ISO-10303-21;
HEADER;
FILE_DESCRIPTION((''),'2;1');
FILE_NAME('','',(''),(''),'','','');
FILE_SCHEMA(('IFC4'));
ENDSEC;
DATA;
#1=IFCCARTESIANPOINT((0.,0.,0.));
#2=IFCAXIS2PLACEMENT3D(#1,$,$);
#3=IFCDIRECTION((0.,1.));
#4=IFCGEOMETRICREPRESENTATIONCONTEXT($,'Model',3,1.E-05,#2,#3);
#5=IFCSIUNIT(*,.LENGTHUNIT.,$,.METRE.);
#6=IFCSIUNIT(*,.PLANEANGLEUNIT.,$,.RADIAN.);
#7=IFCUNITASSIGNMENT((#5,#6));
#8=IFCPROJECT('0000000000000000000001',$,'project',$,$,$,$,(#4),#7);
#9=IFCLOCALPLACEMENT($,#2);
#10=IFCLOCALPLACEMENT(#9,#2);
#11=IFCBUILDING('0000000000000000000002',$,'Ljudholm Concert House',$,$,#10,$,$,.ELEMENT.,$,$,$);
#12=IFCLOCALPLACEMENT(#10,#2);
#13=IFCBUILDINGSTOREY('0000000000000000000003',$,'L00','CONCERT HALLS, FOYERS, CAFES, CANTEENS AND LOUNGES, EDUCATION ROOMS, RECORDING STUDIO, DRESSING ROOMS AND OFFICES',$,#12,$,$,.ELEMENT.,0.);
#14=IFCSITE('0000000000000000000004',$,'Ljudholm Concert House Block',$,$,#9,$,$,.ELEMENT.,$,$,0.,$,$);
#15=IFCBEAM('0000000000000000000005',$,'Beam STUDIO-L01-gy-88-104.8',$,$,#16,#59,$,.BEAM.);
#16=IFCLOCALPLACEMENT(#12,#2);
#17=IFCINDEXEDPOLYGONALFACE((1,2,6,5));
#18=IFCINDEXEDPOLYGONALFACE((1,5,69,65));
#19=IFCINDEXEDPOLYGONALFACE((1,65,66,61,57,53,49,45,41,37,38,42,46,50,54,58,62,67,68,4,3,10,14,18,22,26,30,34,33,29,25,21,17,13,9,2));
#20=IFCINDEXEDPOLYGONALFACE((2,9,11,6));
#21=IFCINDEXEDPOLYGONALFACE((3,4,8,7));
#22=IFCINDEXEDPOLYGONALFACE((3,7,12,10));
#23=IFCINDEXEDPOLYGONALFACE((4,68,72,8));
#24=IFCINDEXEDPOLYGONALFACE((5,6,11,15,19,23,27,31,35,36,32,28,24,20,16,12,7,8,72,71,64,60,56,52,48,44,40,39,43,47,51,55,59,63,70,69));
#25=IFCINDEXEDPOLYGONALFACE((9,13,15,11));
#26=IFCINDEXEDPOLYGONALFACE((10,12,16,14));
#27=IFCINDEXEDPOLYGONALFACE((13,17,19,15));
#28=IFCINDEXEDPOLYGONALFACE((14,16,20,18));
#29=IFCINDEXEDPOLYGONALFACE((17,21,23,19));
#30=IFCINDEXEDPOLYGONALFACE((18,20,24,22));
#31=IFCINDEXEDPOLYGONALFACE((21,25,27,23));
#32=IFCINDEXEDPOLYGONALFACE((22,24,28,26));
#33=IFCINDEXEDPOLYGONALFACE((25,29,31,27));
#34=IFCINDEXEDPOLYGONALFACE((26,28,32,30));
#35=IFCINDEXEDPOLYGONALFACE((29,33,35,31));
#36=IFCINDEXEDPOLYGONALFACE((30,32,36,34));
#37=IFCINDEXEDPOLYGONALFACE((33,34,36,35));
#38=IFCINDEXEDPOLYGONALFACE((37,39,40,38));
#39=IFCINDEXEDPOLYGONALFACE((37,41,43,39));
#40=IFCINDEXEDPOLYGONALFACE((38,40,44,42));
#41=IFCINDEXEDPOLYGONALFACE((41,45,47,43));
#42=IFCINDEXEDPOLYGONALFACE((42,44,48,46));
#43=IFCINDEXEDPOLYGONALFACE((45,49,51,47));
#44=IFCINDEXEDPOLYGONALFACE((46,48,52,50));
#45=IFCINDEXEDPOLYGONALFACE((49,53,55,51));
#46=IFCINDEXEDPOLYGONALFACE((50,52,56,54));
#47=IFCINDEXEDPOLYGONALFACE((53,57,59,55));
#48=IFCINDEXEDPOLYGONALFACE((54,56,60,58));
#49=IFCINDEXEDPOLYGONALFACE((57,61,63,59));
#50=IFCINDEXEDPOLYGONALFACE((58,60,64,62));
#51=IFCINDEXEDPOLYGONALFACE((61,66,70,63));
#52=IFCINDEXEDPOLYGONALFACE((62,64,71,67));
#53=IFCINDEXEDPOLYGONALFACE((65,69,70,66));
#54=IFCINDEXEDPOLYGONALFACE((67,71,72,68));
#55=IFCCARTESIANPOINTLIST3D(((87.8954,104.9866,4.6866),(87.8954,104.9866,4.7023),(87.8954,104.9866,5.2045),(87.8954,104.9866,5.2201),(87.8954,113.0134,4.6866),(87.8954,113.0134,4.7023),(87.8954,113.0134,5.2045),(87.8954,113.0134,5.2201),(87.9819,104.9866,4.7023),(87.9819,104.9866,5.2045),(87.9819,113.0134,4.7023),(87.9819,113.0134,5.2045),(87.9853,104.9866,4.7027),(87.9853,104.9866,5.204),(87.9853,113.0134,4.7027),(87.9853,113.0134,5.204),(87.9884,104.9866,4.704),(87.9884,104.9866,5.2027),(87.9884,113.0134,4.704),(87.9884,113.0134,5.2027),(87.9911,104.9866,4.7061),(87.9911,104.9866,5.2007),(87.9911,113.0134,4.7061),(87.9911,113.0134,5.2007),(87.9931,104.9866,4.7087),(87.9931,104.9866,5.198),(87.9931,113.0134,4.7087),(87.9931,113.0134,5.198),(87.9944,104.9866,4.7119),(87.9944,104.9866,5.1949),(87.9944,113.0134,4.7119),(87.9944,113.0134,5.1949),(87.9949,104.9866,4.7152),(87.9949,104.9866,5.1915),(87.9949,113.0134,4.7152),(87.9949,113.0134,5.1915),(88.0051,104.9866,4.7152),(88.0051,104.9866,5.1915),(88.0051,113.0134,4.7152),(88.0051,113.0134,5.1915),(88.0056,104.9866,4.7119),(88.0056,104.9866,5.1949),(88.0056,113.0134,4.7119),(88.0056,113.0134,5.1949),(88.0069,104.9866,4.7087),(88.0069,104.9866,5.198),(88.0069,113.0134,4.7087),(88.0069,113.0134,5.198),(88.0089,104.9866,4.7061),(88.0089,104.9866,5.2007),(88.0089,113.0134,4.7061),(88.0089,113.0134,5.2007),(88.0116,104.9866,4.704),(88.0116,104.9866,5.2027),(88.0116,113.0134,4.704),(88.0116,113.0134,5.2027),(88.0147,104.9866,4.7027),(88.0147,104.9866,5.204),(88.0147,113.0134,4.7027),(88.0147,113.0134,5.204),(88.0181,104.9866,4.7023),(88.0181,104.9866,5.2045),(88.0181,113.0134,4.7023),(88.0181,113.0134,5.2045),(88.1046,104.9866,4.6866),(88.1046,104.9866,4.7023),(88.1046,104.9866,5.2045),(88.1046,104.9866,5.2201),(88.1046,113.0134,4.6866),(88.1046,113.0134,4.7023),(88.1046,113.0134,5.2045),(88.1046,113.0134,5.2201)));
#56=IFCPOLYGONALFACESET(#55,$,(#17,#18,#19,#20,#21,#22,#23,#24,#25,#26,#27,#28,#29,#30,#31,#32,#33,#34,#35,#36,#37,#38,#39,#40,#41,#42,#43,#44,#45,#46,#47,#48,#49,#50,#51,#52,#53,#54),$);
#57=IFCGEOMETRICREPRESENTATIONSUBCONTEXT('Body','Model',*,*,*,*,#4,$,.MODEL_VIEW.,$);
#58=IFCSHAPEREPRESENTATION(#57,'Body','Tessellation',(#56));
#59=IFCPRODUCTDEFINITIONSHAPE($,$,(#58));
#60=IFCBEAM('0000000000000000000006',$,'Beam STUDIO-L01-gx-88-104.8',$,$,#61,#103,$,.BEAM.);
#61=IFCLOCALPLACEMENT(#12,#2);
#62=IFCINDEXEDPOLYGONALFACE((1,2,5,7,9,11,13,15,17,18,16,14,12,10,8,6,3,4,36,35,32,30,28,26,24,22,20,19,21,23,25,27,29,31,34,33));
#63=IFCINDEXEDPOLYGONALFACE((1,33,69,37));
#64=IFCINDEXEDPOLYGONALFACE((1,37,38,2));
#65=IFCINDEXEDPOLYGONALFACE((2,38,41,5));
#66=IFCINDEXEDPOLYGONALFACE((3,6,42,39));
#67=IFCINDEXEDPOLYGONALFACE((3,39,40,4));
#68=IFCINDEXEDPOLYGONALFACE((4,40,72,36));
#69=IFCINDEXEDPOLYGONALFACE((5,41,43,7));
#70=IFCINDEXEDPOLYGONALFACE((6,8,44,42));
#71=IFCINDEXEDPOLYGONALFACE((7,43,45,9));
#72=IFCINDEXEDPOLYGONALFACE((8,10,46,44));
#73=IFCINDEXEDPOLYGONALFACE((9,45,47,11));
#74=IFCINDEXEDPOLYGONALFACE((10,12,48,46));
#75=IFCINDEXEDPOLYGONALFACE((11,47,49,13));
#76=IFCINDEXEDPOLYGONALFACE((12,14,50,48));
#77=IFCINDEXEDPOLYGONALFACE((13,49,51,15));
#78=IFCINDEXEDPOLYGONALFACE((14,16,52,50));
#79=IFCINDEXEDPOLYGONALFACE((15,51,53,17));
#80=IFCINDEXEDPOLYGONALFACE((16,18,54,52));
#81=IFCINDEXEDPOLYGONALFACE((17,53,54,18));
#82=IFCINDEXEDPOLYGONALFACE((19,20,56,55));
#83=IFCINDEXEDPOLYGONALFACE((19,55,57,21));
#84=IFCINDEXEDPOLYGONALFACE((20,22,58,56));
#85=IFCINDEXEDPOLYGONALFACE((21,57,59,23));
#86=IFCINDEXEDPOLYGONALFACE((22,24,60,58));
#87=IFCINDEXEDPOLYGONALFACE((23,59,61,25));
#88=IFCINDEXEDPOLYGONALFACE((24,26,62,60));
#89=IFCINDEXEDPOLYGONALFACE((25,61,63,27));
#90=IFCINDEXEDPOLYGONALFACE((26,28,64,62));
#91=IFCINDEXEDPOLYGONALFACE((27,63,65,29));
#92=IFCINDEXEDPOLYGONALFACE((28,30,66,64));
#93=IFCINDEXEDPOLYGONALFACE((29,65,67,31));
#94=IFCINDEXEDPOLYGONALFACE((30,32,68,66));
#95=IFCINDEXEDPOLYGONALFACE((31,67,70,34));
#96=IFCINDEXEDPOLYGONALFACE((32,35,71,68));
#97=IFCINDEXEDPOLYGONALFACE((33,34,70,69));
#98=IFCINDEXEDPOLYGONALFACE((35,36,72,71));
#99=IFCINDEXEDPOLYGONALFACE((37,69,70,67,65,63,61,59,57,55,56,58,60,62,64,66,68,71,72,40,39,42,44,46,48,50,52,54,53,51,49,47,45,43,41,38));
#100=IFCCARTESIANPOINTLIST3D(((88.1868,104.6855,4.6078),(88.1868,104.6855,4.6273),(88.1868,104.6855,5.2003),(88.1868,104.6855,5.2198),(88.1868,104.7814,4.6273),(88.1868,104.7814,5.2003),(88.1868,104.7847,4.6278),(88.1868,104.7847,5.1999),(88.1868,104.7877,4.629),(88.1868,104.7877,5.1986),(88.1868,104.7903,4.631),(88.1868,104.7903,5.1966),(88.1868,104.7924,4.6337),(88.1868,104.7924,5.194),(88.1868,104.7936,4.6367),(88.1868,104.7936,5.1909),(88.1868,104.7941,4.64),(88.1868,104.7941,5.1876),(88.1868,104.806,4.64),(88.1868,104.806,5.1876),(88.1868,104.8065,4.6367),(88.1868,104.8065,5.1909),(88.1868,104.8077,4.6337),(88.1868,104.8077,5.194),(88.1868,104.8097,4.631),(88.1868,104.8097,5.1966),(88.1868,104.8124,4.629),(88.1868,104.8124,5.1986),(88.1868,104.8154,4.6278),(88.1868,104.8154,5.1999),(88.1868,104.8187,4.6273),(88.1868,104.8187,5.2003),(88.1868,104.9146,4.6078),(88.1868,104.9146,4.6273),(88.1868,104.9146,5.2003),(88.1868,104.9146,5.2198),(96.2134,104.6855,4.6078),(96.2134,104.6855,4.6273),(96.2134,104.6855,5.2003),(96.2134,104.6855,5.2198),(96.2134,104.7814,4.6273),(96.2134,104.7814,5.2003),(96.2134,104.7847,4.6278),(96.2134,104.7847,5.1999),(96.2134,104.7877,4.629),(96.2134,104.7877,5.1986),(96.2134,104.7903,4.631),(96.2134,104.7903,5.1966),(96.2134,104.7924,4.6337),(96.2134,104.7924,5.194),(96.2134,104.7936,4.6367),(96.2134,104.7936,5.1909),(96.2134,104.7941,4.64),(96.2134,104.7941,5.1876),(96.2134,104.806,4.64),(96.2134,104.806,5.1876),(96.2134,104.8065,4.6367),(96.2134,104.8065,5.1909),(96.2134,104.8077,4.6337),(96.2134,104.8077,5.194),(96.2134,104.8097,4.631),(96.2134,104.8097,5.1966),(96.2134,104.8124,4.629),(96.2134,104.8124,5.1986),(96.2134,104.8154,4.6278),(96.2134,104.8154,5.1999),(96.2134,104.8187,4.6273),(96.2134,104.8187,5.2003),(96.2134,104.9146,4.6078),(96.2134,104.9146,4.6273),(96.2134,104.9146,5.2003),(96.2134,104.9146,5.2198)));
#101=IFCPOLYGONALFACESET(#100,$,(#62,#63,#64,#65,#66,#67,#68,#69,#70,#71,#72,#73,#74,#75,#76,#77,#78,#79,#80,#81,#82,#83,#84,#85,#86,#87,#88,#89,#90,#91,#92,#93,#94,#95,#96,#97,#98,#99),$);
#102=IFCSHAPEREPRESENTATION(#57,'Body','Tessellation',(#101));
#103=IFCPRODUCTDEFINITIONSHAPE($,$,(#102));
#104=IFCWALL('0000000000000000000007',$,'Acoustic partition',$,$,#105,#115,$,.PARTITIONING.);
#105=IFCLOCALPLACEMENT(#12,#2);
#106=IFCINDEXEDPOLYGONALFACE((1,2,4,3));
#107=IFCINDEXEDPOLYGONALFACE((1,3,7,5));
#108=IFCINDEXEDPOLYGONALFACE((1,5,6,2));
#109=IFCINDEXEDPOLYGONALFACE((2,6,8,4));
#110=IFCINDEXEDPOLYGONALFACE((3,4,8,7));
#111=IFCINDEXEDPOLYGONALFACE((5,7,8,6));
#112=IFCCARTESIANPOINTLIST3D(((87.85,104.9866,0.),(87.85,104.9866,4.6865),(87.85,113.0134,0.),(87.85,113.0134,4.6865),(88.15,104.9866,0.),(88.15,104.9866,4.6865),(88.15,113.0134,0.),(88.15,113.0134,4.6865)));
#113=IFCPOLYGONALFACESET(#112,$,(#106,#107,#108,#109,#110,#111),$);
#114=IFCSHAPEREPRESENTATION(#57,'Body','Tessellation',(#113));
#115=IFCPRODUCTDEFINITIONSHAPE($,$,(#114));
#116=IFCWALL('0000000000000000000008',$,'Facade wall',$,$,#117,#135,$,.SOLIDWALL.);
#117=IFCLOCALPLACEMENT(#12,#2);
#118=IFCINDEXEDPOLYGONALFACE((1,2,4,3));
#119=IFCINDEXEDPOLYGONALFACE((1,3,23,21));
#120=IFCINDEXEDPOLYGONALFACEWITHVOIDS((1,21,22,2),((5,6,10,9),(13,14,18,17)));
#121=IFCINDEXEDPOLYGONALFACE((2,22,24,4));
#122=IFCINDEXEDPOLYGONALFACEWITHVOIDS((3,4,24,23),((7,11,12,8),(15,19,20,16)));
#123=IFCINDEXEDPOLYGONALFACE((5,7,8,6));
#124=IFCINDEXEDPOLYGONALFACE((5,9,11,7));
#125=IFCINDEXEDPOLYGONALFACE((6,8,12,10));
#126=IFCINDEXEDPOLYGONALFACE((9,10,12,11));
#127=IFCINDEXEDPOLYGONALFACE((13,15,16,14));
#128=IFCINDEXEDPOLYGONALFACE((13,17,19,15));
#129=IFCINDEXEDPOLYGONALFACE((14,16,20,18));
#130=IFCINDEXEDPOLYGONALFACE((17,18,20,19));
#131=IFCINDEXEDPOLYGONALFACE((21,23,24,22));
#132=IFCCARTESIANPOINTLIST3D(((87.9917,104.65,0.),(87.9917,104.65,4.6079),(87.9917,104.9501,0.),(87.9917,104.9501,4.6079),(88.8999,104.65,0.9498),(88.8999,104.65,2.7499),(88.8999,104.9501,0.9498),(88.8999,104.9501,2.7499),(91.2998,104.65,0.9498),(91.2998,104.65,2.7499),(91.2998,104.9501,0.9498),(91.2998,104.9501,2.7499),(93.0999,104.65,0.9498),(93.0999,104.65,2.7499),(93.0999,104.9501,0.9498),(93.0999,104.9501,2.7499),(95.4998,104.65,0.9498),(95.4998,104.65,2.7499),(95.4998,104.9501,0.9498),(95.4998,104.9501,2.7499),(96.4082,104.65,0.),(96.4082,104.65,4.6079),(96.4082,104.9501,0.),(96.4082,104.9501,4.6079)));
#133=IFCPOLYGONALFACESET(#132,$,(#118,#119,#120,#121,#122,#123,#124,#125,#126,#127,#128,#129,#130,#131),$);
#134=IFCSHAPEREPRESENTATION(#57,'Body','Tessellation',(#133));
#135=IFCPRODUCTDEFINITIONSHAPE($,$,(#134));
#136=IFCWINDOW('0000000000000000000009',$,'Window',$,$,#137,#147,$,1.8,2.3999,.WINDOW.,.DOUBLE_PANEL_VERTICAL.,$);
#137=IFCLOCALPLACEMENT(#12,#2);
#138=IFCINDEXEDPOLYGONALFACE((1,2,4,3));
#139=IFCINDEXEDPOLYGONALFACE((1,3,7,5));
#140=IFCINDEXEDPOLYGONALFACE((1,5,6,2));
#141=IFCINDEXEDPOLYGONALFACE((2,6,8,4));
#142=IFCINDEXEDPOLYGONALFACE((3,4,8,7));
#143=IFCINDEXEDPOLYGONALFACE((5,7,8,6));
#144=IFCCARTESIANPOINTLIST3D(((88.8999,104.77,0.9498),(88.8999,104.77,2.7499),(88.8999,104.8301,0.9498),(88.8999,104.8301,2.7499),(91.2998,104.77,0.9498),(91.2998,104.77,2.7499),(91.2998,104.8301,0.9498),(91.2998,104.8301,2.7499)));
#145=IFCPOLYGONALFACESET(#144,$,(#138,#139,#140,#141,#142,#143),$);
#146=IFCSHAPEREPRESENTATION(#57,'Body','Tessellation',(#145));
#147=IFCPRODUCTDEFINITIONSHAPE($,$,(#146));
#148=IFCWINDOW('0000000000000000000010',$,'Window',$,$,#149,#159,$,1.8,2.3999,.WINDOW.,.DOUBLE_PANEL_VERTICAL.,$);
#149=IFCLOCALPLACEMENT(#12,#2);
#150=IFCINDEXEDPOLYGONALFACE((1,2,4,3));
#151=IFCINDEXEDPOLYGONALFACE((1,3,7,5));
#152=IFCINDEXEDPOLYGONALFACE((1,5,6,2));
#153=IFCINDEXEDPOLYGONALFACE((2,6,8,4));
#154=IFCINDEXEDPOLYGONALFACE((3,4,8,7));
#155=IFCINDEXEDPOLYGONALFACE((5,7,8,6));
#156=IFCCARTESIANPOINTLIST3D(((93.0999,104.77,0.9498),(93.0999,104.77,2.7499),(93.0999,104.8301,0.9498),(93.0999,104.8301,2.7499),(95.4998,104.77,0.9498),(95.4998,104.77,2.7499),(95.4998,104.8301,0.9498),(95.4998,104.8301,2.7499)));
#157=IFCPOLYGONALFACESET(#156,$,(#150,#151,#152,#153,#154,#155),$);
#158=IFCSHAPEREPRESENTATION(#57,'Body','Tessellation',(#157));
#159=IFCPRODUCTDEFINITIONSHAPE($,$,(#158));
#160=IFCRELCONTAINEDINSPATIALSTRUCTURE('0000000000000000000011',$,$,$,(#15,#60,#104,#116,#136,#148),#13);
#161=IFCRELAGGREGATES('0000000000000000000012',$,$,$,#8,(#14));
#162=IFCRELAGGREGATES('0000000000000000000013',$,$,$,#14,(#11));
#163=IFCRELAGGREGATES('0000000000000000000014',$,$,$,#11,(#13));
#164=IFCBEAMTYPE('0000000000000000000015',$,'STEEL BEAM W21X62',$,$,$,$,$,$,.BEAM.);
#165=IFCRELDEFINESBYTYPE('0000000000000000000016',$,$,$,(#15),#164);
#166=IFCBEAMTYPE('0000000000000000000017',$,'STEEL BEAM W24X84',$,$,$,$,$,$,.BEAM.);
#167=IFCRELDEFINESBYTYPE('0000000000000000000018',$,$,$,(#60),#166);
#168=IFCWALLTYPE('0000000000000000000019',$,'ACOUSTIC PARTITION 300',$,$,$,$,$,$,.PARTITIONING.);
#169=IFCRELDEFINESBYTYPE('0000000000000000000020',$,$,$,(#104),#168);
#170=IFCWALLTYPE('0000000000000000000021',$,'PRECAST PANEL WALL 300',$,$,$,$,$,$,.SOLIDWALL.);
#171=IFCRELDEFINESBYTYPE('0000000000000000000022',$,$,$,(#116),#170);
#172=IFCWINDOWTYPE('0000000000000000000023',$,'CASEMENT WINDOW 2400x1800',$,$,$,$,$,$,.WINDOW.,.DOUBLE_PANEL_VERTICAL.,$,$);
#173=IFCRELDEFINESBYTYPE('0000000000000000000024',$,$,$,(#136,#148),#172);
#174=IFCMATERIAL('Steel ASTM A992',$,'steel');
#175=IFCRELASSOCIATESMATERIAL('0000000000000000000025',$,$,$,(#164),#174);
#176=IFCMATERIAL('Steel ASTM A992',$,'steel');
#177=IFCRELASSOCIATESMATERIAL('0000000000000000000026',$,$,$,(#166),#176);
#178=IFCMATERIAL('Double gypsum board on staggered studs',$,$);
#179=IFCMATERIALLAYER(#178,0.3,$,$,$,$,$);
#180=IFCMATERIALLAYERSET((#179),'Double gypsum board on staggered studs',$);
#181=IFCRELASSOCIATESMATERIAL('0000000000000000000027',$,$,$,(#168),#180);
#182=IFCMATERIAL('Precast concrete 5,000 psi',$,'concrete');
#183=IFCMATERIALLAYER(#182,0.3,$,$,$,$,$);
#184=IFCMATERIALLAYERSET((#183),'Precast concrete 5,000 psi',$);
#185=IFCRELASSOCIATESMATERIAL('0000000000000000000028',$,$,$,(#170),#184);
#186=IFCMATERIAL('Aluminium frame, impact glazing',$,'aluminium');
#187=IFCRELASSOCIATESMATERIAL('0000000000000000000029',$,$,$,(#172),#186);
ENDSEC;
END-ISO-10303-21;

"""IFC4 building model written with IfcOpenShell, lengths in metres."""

from ifc_helpers import new_model, si_unit, direction, frame, frame_2d, origin, origin_2d, place, context, subcontext, project, spatial, rectangle, i_section, extrude, material, layer, layer_set, material_profile, profile_set, type_object, element, fill, save


model = new_model("IFC4")

# Units and contexts
model_context = context("Model", 3, precision=1e-05, world=origin(), true_north=direction((0.0, 1.0)))
body_context = subcontext(model_context, "Body", "Model", "MODEL_VIEW")
ifc_project = project(units=[si_unit("LENGTHUNIT", "METRE"), si_unit("PLANEANGLEUNIT", "RADIAN")], contexts=[model_context])

# Site, building, storey
site_placement = place(None, origin())
site = spatial("IfcSite", under=ifc_project, at=site_placement, Name="Ljudholm Concert House Block", CompositionType="ELEMENT", RefElevation=0.0)
building_placement = place(site_placement, origin())
building = spatial("IfcBuilding", under=site, at=building_placement, Name="Ljudholm Concert House", CompositionType="ELEMENT")
storey_placement = place(building_placement, origin())
storey = spatial("IfcBuildingStorey", under=building, at=storey_placement, Name="L00", Description="CONCERT HALLS, FOYERS, CAFES, CANTEENS AND LOUNGES, EDUCATION ROOMS, RECORDING STUDIO, DRESSING ROOMS AND OFFICES", CompositionType="ELEMENT", Elevation=0.0)

# Beams
ifc_material_1 = material(Name="Steel ASTM A992", Category="steel")
ifc_material_profile_1 = material_profile(ifc_material_1, i_section(OverallWidth=0.2092, OverallDepth=0.5334, WebThickness=0.0103, FlangeThickness=0.0156, FilletRadius=0.0129, at=origin_2d()), Name="W21X62")
ifc_profile_set_1 = profile_set([ifc_material_profile_1], Name="Steel ASTM A992")
beam_type_1 = type_object("IfcBeamType", Name="STEEL BEAM W21X62", PredefinedType="BEAM", material=ifc_profile_set_1)
beam_1_placement = place(storey_placement, frame((88.0, 104.9866, 4.9534), z_axis=(0.0, 1.0, 0.0), x_axis=(-1.0, 0.0, 0.0)))
element("IfcBeam", 1, at=beam_1_placement, inside=storey, type_object=beam_type_1, Name="Beam STUDIO-L01-gy-88-104.8", PredefinedType="BEAM", context=body_context, shape_type="SweptSolid", body=[
    extrude(i_section(OverallWidth=0.2092, OverallDepth=0.5334, WebThickness=0.0103, FlangeThickness=0.0156, FilletRadius=0.0129, at=origin_2d()), origin(), (0.0, 0.0, 1.0), 8.0269),
])
ifc_material_2 = material(Name="Steel ASTM A992", Category="steel")
ifc_material_profile_2 = material_profile(ifc_material_2, i_section(OverallWidth=0.229, OverallDepth=0.6121, WebThickness=0.012, FlangeThickness=0.0195, FilletRadius=0.0127, at=origin_2d()), Name="W24X84")
ifc_profile_set_2 = profile_set([ifc_material_profile_2], Name="Steel ASTM A992")
beam_type_2 = type_object("IfcBeamType", Name="STEEL BEAM W24X84", PredefinedType="BEAM", material=ifc_profile_set_2)
beam_2_placement = place(storey_placement, frame((88.1868, 104.8, 4.9138), z_axis=(1.0, 0.0, 0.0), x_axis=(0.0, 1.0, 0.0)))
element("IfcBeam", 2, at=beam_2_placement, inside=storey, type_object=beam_type_2, Name="Beam STUDIO-L01-gx-88-104.8", PredefinedType="BEAM", context=body_context, shape_type="SweptSolid", body=[
    extrude(i_section(OverallWidth=0.229, OverallDepth=0.6121, WebThickness=0.012, FlangeThickness=0.0195, FilletRadius=0.0127, at=origin_2d()), origin(), (0.0, 0.0, 1.0), 8.0266),
])

# Wall
ifc_material_3 = material(Name="Double gypsum board on staggered studs")
ifc_layer_1 = layer(ifc_material_3, 0.3)
ifc_layer_set_1 = layer_set([ifc_layer_1], Name="Double gypsum board on staggered studs")
wall_type_1 = type_object("IfcWallType", Name="ACOUSTIC PARTITION 300", PredefinedType="PARTITIONING", material=ifc_layer_set_1)
wall_1_placement = place(storey_placement, frame((88.0, 104.9866, 0.0), z_axis=(0.0, 0.0, 1.0), x_axis=(0.0, 1.0, 0.0)))
element("IfcWall", 3, at=wall_1_placement, inside=storey, type_object=wall_type_1, Name="Acoustic partition", PredefinedType="PARTITIONING", context=body_context, shape_type="SweptSolid", body=[
    extrude(rectangle(XDim=8.0269, YDim=0.3, at=frame_2d((4.0134, 0.0))), origin(), (0.0, 0.0, 1.0), 4.6865),
])

# Wall, openings, windows
ifc_material_4 = material(Name="Precast concrete 5,000 psi", Category="concrete")
ifc_layer_2 = layer(ifc_material_4, 0.3)
ifc_layer_set_2 = layer_set([ifc_layer_2], Name="Precast concrete 5,000 psi")
wall_type_2 = type_object("IfcWallType", Name="PRECAST PANEL WALL 300", PredefinedType="SOLIDWALL", material=ifc_layer_set_2)
wall_2_placement = place(storey_placement, frame((87.9917, 104.8, 0.0), z_axis=(0.0, 0.0, 1.0), x_axis=(1.0, 0.0, 0.0)))
wall_2 = element("IfcWall", 4, at=wall_2_placement, inside=storey, type_object=wall_type_2, Name="Facade wall", PredefinedType="SOLIDWALL", context=body_context, shape_type="SweptSolid", body=[
    extrude(rectangle(XDim=8.4165, YDim=0.3, at=frame_2d((4.2083, 0.0))), origin(), (0.0, 0.0, 1.0), 4.6079),
])
opening_1_placement = place(wall_2_placement, frame((0.9082, 0.0, 0.95)))
opening_1 = element("IfcOpeningElement", 5, at=opening_1_placement, cuts=wall_2, PredefinedType="OPENING", context=body_context, shape_type="SweptSolid", body=[
    extrude(rectangle(XDim=2.3999, YDim=1.8, at=frame_2d((1.2, 0.8999))), frame((0.0, 0.1599, 0.0), z_axis=(0.0, -1.0, 0.0), x_axis=(1.0, 0.0, 0.0)), (0.0, 0.0, 1.0), 0.3201),
])
opening_2_placement = place(wall_2_placement, frame((5.1082, 0.0, 0.95)))
opening_2 = element("IfcOpeningElement", 6, at=opening_2_placement, cuts=wall_2, PredefinedType="OPENING", context=body_context, shape_type="SweptSolid", body=[
    extrude(rectangle(XDim=2.3999, YDim=1.8, at=frame_2d((1.2, 0.8999))), frame((0.0, 0.1599, 0.0), z_axis=(0.0, -1.0, 0.0), x_axis=(1.0, 0.0, 0.0)), (0.0, 0.0, 1.0), 0.3201),
])
ifc_material_5 = material(Name="Aluminium frame, impact glazing", Category="aluminium")
window_type = type_object("IfcWindowType", Name="CASEMENT WINDOW 2400x1800", PartitioningType="DOUBLE_PANEL_VERTICAL", PredefinedType="WINDOW", material=ifc_material_5)
window_1_placement = place(opening_1_placement, origin())
window_1 = element("IfcWindow", 7, at=window_1_placement, inside=storey, type_object=window_type, Name="Window", OverallHeight=1.8, OverallWidth=2.3999, PartitioningType="DOUBLE_PANEL_VERTICAL", PredefinedType="WINDOW", context=body_context, shape_type="SweptSolid", body=[
    extrude(rectangle(XDim=2.3999, YDim=1.8, at=frame_2d((1.2, 0.8999))), frame((0.0, 0.03, 0.0), z_axis=(0.0, -1.0, 0.0), x_axis=(1.0, 0.0, 0.0)), (0.0, 0.0, 1.0), 0.0601),
])
fill(opening_1, window_1)
window_2_placement = place(opening_2_placement, origin())
window_2 = element("IfcWindow", 8, at=window_2_placement, inside=storey, type_object=window_type, Name="Window", OverallHeight=1.8, OverallWidth=2.3999, PartitioningType="DOUBLE_PANEL_VERTICAL", PredefinedType="WINDOW", context=body_context, shape_type="SweptSolid", body=[
    extrude(rectangle(XDim=2.3999, YDim=1.8, at=frame_2d((1.2, 0.8999))), frame((0.0, 0.03, 0.0), z_axis=(0.0, -1.0, 0.0), x_axis=(1.0, 0.0, 0.0)), (0.0, 0.0, 1.0), 0.0601),
])
fill(opening_2, window_2)

save(model, "model.ifc")
